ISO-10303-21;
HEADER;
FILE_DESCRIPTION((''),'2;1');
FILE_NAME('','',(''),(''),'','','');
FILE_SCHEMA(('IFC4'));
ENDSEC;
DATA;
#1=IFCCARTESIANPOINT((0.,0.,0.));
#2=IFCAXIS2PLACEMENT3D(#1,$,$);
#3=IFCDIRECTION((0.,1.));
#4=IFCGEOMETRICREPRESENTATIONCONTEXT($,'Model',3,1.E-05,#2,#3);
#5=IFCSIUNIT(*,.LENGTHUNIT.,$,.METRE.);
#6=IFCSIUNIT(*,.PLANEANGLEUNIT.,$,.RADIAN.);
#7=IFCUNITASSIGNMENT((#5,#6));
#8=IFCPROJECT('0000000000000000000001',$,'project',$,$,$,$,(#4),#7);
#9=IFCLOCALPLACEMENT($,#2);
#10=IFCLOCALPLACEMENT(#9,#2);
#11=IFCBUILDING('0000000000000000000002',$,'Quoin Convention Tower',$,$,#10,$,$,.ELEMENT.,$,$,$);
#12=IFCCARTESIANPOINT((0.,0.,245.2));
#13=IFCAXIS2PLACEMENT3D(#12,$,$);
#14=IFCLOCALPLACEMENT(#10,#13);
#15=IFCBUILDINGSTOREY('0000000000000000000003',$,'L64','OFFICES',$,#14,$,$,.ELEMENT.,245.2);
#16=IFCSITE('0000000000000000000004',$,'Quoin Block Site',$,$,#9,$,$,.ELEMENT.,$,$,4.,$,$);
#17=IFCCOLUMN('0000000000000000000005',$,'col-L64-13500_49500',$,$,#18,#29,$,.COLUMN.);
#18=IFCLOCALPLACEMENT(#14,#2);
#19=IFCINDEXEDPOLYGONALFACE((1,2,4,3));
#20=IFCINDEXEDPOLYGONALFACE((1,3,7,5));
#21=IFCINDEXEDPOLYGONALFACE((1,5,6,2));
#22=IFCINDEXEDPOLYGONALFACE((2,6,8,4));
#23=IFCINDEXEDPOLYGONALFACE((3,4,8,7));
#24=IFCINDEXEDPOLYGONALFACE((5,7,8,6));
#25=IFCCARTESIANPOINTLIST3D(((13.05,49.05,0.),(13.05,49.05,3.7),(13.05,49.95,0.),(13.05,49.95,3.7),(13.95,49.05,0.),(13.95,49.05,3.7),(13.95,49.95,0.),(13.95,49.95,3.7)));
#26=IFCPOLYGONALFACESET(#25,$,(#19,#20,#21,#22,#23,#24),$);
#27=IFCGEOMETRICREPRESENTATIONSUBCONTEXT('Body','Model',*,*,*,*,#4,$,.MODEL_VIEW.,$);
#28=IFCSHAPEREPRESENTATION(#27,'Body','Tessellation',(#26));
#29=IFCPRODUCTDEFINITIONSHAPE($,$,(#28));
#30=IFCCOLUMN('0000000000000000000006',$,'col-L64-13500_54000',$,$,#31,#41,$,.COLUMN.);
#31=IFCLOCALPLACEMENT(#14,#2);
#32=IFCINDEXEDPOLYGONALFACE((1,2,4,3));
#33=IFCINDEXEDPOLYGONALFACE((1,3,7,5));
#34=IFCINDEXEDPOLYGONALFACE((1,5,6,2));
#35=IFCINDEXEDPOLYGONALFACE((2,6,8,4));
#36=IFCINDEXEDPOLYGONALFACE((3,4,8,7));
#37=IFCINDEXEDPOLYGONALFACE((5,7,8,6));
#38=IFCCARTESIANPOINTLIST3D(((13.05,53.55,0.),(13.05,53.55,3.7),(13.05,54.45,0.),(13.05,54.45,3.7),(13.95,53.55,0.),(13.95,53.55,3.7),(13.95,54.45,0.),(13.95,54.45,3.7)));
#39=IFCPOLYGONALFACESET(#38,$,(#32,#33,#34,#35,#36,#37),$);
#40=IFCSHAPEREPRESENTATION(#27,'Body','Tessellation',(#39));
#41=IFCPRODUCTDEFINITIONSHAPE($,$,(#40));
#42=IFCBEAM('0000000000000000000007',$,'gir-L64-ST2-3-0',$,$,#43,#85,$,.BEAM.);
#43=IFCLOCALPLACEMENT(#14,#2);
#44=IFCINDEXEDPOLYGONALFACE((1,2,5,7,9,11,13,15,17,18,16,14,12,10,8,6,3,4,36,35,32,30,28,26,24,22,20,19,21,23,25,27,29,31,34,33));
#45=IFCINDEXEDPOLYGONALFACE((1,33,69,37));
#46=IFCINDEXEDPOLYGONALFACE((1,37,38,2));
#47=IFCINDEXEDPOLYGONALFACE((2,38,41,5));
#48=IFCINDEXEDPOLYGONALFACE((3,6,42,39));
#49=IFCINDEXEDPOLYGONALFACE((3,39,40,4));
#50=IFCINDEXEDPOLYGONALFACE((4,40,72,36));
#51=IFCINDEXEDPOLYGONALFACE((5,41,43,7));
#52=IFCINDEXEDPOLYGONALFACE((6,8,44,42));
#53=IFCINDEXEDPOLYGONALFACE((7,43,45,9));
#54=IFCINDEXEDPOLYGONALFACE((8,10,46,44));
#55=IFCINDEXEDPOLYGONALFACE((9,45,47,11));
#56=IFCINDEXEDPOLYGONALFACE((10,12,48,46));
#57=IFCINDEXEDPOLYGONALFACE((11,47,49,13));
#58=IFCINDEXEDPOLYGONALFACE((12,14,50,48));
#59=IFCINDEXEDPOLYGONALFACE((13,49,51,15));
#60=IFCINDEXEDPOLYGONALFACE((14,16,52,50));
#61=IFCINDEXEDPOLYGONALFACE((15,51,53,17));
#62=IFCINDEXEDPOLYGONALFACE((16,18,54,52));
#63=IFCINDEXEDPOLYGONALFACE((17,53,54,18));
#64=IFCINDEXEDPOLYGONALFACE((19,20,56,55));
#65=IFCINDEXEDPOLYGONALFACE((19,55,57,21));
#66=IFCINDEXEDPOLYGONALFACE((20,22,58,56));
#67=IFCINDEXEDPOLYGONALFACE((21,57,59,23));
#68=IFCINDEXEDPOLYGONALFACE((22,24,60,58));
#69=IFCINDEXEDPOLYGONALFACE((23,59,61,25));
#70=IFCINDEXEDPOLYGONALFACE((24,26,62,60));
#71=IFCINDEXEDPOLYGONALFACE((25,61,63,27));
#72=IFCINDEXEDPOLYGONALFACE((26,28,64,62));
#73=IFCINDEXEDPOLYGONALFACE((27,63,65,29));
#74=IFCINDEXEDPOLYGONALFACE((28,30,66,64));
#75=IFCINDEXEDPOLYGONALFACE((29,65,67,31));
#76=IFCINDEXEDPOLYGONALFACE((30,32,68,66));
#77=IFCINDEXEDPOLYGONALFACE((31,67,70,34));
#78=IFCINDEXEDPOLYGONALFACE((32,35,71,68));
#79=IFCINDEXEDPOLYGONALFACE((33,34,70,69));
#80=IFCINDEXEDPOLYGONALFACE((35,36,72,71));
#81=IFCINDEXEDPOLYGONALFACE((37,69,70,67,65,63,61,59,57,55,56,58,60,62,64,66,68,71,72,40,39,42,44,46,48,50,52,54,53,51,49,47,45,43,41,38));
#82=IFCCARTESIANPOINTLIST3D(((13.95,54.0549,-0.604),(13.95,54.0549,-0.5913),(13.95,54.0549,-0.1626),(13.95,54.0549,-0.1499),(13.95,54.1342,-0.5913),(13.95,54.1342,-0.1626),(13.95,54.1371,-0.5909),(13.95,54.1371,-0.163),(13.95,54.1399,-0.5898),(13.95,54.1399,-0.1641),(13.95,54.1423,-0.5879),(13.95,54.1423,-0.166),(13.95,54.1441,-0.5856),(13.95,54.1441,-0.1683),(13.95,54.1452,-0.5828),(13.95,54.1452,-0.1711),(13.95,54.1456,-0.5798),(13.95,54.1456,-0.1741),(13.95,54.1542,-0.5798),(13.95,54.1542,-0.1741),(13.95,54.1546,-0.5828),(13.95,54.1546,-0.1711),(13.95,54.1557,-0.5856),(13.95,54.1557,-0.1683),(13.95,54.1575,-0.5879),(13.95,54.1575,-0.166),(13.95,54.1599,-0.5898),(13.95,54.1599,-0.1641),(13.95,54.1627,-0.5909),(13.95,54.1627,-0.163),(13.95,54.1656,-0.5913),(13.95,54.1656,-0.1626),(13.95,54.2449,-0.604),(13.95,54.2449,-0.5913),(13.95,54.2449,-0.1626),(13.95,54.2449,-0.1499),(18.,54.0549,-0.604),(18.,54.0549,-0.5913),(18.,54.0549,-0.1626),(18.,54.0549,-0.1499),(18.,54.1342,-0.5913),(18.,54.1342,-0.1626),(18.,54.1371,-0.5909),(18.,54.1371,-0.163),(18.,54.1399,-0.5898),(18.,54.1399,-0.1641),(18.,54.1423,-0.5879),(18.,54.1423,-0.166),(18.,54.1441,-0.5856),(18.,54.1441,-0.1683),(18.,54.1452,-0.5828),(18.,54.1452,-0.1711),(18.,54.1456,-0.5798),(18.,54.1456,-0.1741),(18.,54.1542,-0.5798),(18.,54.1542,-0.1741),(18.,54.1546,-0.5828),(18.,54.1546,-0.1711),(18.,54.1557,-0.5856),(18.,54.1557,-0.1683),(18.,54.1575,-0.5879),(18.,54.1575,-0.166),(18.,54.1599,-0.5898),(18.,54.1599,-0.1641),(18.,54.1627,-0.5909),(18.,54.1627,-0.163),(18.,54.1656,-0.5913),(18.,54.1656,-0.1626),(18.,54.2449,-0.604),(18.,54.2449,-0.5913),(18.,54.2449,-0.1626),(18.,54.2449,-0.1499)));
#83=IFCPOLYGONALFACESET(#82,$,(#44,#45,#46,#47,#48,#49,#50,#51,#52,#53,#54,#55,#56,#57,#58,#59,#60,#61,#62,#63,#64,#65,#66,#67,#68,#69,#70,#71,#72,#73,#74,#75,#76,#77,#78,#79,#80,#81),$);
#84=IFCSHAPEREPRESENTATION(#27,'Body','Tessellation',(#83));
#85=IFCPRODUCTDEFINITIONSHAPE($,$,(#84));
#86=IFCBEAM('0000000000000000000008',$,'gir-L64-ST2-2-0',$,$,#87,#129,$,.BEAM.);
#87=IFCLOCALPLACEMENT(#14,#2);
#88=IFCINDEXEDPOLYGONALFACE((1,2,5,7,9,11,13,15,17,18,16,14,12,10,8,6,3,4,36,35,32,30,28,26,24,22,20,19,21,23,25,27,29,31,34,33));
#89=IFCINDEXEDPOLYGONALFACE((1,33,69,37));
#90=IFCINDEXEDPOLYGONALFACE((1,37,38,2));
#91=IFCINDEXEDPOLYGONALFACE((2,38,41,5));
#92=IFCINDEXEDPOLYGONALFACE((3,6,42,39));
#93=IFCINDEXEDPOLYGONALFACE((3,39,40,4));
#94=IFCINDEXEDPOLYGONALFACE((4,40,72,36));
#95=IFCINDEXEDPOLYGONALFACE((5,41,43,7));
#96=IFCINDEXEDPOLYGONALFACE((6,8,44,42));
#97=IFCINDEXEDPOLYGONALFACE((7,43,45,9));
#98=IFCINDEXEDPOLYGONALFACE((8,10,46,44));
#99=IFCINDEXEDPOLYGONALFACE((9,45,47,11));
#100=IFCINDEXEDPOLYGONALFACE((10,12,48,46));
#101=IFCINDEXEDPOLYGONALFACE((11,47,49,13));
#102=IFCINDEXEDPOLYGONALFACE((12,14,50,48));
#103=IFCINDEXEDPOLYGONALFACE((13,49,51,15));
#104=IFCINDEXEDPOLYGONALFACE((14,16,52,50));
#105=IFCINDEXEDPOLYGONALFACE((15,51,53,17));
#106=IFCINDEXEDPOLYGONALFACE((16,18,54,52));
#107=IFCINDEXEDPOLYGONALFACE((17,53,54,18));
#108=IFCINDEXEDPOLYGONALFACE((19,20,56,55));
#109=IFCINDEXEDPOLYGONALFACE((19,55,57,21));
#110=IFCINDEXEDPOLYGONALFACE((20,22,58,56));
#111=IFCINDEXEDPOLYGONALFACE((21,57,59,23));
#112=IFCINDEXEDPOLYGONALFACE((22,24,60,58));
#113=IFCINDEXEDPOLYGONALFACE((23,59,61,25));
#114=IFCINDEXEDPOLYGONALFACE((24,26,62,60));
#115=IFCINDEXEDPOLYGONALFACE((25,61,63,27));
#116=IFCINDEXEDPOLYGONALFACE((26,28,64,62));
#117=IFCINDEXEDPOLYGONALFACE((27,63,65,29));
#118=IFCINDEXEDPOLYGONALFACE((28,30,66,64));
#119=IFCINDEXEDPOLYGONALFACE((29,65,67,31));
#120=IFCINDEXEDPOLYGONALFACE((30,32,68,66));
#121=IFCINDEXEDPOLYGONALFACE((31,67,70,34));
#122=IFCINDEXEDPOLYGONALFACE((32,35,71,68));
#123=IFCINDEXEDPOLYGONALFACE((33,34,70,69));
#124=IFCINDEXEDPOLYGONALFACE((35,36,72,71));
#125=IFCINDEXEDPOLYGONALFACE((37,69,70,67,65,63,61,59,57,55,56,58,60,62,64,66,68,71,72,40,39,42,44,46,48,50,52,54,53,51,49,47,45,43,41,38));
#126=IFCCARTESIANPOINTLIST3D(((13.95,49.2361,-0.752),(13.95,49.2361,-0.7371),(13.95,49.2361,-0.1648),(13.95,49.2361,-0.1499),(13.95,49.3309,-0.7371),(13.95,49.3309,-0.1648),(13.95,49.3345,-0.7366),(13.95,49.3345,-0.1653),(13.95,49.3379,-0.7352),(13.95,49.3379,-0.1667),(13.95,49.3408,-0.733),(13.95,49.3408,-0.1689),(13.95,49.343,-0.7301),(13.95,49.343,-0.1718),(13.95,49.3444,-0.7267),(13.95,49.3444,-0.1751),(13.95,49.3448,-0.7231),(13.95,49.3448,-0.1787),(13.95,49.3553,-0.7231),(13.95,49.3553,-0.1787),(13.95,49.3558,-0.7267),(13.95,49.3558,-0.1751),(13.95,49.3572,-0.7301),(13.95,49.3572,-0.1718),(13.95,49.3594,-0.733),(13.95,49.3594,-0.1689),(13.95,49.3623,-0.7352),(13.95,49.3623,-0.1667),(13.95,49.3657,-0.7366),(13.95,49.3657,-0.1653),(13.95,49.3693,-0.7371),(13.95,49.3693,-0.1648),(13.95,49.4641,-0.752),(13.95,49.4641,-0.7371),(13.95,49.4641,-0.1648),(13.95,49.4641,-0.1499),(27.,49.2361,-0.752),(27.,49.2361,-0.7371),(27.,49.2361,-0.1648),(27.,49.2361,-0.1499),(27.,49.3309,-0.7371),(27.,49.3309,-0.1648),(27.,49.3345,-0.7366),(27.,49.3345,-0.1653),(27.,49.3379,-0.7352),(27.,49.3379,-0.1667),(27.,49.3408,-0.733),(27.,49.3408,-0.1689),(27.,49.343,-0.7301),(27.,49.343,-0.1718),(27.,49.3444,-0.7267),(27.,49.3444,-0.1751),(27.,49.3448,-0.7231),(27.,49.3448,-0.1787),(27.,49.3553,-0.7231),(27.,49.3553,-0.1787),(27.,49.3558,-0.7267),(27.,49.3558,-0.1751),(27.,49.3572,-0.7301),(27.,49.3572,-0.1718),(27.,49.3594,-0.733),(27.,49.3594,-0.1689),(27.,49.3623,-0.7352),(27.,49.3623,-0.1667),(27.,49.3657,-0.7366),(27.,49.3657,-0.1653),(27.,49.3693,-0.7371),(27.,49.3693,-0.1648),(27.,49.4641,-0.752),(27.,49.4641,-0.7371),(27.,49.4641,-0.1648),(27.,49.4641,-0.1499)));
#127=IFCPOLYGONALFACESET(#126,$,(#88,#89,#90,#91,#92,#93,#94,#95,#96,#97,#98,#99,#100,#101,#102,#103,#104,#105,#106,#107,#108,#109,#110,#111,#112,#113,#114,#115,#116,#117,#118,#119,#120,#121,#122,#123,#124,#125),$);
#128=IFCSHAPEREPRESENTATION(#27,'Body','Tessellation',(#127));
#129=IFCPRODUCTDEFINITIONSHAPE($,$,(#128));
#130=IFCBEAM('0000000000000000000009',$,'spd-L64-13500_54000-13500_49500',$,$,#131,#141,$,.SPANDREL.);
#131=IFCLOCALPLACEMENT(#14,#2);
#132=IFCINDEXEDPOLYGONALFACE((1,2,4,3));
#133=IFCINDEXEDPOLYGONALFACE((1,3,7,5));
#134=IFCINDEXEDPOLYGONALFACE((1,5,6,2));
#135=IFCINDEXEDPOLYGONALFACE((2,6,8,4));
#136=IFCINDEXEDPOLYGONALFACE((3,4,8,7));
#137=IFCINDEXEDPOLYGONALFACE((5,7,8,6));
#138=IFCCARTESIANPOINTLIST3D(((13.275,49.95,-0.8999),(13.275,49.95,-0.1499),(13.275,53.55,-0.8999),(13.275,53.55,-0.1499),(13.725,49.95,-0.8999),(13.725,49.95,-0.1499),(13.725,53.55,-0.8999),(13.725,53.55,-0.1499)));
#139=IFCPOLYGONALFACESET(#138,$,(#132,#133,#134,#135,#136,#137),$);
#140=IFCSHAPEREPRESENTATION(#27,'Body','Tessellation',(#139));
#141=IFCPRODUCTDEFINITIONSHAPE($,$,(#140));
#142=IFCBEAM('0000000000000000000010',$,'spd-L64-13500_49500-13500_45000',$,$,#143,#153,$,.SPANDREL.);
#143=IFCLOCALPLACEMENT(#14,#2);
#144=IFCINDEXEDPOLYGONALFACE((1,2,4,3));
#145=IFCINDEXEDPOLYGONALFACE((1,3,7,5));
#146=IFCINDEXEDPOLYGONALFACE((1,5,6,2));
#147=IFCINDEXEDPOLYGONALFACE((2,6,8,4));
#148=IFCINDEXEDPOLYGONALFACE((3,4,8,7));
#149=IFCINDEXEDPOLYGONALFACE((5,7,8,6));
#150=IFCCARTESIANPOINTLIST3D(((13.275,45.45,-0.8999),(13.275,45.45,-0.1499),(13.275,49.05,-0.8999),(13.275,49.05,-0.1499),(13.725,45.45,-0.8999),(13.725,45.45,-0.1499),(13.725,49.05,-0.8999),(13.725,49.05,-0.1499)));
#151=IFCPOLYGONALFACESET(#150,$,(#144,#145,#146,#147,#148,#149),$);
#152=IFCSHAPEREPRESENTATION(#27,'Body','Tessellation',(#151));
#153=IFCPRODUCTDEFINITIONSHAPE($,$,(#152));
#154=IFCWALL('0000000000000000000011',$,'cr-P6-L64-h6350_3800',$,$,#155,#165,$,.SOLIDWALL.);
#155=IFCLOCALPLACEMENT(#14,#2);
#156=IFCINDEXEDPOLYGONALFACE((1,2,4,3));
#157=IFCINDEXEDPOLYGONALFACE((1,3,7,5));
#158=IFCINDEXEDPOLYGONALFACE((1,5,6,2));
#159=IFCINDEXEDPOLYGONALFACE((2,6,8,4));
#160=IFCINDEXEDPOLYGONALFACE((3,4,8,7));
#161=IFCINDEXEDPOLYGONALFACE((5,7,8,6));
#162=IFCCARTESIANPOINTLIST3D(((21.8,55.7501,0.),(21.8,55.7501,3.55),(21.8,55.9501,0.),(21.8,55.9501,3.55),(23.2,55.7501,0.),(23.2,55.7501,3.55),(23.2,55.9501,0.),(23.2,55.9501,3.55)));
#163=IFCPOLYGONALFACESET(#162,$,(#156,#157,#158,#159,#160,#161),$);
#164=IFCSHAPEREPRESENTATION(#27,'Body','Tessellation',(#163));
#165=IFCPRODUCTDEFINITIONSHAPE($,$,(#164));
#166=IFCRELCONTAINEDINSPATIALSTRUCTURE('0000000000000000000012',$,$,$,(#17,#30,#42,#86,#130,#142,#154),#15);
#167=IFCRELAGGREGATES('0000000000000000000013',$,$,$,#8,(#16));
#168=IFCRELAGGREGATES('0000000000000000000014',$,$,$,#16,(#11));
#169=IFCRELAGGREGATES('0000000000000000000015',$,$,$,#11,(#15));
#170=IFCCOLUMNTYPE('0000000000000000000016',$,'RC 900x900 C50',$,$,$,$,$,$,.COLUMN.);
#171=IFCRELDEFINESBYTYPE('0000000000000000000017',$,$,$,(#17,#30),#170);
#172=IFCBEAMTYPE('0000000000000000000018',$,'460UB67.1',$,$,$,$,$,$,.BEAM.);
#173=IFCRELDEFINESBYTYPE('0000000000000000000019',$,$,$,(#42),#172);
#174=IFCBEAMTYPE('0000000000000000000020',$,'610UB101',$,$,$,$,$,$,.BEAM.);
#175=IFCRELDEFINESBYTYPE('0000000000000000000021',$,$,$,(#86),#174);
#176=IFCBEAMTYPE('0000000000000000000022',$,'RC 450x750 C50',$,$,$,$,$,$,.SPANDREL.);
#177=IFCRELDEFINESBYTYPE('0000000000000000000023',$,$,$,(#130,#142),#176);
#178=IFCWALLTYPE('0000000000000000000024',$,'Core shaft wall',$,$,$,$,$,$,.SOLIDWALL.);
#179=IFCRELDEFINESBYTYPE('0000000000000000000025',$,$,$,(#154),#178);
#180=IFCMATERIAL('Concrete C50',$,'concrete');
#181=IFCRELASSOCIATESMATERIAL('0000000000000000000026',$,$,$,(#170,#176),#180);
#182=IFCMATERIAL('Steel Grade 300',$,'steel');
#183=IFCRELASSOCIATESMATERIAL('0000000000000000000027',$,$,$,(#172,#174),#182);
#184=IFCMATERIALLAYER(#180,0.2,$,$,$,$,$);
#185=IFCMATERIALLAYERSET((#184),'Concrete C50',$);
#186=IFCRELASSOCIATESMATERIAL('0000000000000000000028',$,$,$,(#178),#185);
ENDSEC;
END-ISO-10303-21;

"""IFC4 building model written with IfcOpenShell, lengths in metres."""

from ifc_helpers import new_model, si_unit, direction, frame, frame_2d, origin, origin_2d, place, context, subcontext, project, spatial, rectangle, i_section, extrude, material, layer, layer_set, material_profile, profile_set, type_object, element, save


model = new_model("IFC4")

# Units and contexts
model_context = context("Model", 3, precision=1e-05, world=origin(), true_north=direction((0.0, 1.0)))
body_context = subcontext(model_context, "Body", "Model", "MODEL_VIEW")
ifc_project = project(units=[si_unit("LENGTHUNIT", "METRE"), si_unit("PLANEANGLEUNIT", "RADIAN")], contexts=[model_context])

# Site, building, storey
site_placement = place(None, origin())
site = spatial("IfcSite", under=ifc_project, at=site_placement, Name="Quoin Block Site", CompositionType="ELEMENT", RefElevation=4.0)
building_placement = place(site_placement, origin())
building = spatial("IfcBuilding", under=site, at=building_placement, Name="Quoin Convention Tower", CompositionType="ELEMENT")
storey_placement = place(building_placement, frame((0.0, 0.0, 245.2)))
storey = spatial("IfcBuildingStorey", under=building, at=storey_placement, Name="L64", Description="OFFICES", CompositionType="ELEMENT", Elevation=245.2)

# Columns
ifc_material_1 = material(Name="Concrete C50", Category="concrete")
ifc_material_profile_1 = material_profile(ifc_material_1, rectangle(XDim=0.8999, YDim=0.8999, at=origin_2d()), Name="RC 900x900")
ifc_profile_set_1 = profile_set([ifc_material_profile_1], Name="Concrete C50")
column_type = type_object("IfcColumnType", Name="RC 900x900 C50", PredefinedType="COLUMN", material=ifc_profile_set_1)
for number, where, z_axis, x_axis, name in (
    (1, (13.5, 49.5, 0.0), (0.0, 0.0, 1.0), (1.0, 0.0, 0.0), "col-L64-13500_49500"),
    (2, (13.5, 54.0, 0.0), (0.0, 0.0, 1.0), (1.0, 0.0, 0.0), "col-L64-13500_54000"),
):
    element("IfcColumn", number, at=place(storey_placement, frame(where, z_axis=z_axis, x_axis=x_axis)), inside=storey, type_object=column_type, Name=name, PredefinedType="COLUMN", context=body_context, shape_type="SweptSolid", body=[
        extrude(rectangle(XDim=0.8999, YDim=0.8999, at=origin_2d()), origin(), (0.0, 0.0, 1.0), 3.7),
    ])

# Beams
ifc_material_2 = material(Name="Steel Grade 300", Category="steel")
ifc_material_profile_2 = material_profile(ifc_material_2, i_section(OverallWidth=0.1899, OverallDepth=0.4541, WebThickness=0.0085, FlangeThickness=0.0127, FilletRadius=0.0115, at=origin_2d()), Name="460UB67.1")
ifc_profile_set_2 = profile_set([ifc_material_profile_2], Name="Steel Grade 300")
beam_type_1 = type_object("IfcBeamType", Name="460UB67.1", PredefinedType="BEAM", material=ifc_profile_set_2)
beam_1_placement = place(storey_placement, frame((13.95, 54.1499, -0.377), z_axis=(1.0, 0.0, 0.0), x_axis=(0.0, 1.0, 0.0)))
element("IfcBeam", 3, at=beam_1_placement, inside=storey, type_object=beam_type_1, Name="gir-L64-ST2-3-0", PredefinedType="BEAM", context=body_context, shape_type="SweptSolid", body=[
    extrude(i_section(OverallWidth=0.1899, OverallDepth=0.4541, WebThickness=0.0085, FlangeThickness=0.0127, FilletRadius=0.0115, at=origin_2d()), origin(), (0.0, 0.0, 1.0), 4.05),
])
ifc_material_profile_3 = material_profile(ifc_material_2, i_section(OverallWidth=0.228, OverallDepth=0.6021, WebThickness=0.0105, FlangeThickness=0.0149, FilletRadius=0.0139, at=origin_2d()), Name="610UB101")
ifc_profile_set_3 = profile_set([ifc_material_profile_3], Name="Steel Grade 300")
beam_type_2 = type_object("IfcBeamType", Name="610UB101", PredefinedType="BEAM", material=ifc_profile_set_3)
beam_2_placement = place(storey_placement, frame((13.95, 49.3501, -0.4509), z_axis=(1.0, 0.0, 0.0), x_axis=(0.0, 1.0, 0.0)))
element("IfcBeam", 4, at=beam_2_placement, inside=storey, type_object=beam_type_2, Name="gir-L64-ST2-2-0", PredefinedType="BEAM", context=body_context, shape_type="SweptSolid", body=[
    extrude(i_section(OverallWidth=0.228, OverallDepth=0.6021, WebThickness=0.0105, FlangeThickness=0.0149, FilletRadius=0.0139, at=origin_2d()), origin(), (0.0, 0.0, 1.0), 13.05),
])
ifc_material_profile_4 = material_profile(ifc_material_1, rectangle(XDim=0.45, YDim=0.75, at=origin_2d()), Name="RC 450x750")
ifc_profile_set_4 = profile_set([ifc_material_profile_4], Name="Concrete C50")
beam_type_3 = type_object("IfcBeamType", Name="RC 450x750 C50", PredefinedType="SPANDREL", material=ifc_profile_set_4)
for number, where, z_axis, x_axis, name in (
    (5, (13.5, 53.55, -0.5249), (0.0, -1.0, 0.0), (1.0, 0.0, 0.0), "spd-L64-13500_54000-13500_49500"),
    (6, (13.5, 49.05, -0.5249), (0.0, -1.0, 0.0), (1.0, 0.0, 0.0), "spd-L64-13500_49500-13500_45000"),
):
    element("IfcBeam", number, at=place(storey_placement, frame(where, z_axis=z_axis, x_axis=x_axis)), inside=storey, type_object=beam_type_3, Name=name, PredefinedType="SPANDREL", context=body_context, shape_type="SweptSolid", body=[
        extrude(rectangle(XDim=0.45, YDim=0.75, at=origin_2d()), origin(), (0.0, 0.0, 1.0), 3.6001),
    ])

# Wall
ifc_layer_1 = layer(ifc_material_1, 0.2)
ifc_layer_set_1 = layer_set([ifc_layer_1], Name="Concrete C50")
wall_type_1 = type_object("IfcWallType", Name="Core shaft wall", PredefinedType="SOLIDWALL", material=ifc_layer_set_1)
wall_1_placement = place(storey_placement, frame((21.8, 55.8501, 0.0), z_axis=(0.0, 0.0, 1.0), x_axis=(1.0, 0.0, 0.0)))
element("IfcWall", 7, at=wall_1_placement, inside=storey, type_object=wall_type_1, Name="cr-P6-L64-h6350_3800", PredefinedType="SOLIDWALL", context=body_context, shape_type="SweptSolid", body=[
    extrude(rectangle(XDim=1.3999, YDim=0.2, at=frame_2d((0.7, 0.0))), origin(), (0.0, 0.0, 1.0), 3.55),
])

save(model, "model.ifc")
